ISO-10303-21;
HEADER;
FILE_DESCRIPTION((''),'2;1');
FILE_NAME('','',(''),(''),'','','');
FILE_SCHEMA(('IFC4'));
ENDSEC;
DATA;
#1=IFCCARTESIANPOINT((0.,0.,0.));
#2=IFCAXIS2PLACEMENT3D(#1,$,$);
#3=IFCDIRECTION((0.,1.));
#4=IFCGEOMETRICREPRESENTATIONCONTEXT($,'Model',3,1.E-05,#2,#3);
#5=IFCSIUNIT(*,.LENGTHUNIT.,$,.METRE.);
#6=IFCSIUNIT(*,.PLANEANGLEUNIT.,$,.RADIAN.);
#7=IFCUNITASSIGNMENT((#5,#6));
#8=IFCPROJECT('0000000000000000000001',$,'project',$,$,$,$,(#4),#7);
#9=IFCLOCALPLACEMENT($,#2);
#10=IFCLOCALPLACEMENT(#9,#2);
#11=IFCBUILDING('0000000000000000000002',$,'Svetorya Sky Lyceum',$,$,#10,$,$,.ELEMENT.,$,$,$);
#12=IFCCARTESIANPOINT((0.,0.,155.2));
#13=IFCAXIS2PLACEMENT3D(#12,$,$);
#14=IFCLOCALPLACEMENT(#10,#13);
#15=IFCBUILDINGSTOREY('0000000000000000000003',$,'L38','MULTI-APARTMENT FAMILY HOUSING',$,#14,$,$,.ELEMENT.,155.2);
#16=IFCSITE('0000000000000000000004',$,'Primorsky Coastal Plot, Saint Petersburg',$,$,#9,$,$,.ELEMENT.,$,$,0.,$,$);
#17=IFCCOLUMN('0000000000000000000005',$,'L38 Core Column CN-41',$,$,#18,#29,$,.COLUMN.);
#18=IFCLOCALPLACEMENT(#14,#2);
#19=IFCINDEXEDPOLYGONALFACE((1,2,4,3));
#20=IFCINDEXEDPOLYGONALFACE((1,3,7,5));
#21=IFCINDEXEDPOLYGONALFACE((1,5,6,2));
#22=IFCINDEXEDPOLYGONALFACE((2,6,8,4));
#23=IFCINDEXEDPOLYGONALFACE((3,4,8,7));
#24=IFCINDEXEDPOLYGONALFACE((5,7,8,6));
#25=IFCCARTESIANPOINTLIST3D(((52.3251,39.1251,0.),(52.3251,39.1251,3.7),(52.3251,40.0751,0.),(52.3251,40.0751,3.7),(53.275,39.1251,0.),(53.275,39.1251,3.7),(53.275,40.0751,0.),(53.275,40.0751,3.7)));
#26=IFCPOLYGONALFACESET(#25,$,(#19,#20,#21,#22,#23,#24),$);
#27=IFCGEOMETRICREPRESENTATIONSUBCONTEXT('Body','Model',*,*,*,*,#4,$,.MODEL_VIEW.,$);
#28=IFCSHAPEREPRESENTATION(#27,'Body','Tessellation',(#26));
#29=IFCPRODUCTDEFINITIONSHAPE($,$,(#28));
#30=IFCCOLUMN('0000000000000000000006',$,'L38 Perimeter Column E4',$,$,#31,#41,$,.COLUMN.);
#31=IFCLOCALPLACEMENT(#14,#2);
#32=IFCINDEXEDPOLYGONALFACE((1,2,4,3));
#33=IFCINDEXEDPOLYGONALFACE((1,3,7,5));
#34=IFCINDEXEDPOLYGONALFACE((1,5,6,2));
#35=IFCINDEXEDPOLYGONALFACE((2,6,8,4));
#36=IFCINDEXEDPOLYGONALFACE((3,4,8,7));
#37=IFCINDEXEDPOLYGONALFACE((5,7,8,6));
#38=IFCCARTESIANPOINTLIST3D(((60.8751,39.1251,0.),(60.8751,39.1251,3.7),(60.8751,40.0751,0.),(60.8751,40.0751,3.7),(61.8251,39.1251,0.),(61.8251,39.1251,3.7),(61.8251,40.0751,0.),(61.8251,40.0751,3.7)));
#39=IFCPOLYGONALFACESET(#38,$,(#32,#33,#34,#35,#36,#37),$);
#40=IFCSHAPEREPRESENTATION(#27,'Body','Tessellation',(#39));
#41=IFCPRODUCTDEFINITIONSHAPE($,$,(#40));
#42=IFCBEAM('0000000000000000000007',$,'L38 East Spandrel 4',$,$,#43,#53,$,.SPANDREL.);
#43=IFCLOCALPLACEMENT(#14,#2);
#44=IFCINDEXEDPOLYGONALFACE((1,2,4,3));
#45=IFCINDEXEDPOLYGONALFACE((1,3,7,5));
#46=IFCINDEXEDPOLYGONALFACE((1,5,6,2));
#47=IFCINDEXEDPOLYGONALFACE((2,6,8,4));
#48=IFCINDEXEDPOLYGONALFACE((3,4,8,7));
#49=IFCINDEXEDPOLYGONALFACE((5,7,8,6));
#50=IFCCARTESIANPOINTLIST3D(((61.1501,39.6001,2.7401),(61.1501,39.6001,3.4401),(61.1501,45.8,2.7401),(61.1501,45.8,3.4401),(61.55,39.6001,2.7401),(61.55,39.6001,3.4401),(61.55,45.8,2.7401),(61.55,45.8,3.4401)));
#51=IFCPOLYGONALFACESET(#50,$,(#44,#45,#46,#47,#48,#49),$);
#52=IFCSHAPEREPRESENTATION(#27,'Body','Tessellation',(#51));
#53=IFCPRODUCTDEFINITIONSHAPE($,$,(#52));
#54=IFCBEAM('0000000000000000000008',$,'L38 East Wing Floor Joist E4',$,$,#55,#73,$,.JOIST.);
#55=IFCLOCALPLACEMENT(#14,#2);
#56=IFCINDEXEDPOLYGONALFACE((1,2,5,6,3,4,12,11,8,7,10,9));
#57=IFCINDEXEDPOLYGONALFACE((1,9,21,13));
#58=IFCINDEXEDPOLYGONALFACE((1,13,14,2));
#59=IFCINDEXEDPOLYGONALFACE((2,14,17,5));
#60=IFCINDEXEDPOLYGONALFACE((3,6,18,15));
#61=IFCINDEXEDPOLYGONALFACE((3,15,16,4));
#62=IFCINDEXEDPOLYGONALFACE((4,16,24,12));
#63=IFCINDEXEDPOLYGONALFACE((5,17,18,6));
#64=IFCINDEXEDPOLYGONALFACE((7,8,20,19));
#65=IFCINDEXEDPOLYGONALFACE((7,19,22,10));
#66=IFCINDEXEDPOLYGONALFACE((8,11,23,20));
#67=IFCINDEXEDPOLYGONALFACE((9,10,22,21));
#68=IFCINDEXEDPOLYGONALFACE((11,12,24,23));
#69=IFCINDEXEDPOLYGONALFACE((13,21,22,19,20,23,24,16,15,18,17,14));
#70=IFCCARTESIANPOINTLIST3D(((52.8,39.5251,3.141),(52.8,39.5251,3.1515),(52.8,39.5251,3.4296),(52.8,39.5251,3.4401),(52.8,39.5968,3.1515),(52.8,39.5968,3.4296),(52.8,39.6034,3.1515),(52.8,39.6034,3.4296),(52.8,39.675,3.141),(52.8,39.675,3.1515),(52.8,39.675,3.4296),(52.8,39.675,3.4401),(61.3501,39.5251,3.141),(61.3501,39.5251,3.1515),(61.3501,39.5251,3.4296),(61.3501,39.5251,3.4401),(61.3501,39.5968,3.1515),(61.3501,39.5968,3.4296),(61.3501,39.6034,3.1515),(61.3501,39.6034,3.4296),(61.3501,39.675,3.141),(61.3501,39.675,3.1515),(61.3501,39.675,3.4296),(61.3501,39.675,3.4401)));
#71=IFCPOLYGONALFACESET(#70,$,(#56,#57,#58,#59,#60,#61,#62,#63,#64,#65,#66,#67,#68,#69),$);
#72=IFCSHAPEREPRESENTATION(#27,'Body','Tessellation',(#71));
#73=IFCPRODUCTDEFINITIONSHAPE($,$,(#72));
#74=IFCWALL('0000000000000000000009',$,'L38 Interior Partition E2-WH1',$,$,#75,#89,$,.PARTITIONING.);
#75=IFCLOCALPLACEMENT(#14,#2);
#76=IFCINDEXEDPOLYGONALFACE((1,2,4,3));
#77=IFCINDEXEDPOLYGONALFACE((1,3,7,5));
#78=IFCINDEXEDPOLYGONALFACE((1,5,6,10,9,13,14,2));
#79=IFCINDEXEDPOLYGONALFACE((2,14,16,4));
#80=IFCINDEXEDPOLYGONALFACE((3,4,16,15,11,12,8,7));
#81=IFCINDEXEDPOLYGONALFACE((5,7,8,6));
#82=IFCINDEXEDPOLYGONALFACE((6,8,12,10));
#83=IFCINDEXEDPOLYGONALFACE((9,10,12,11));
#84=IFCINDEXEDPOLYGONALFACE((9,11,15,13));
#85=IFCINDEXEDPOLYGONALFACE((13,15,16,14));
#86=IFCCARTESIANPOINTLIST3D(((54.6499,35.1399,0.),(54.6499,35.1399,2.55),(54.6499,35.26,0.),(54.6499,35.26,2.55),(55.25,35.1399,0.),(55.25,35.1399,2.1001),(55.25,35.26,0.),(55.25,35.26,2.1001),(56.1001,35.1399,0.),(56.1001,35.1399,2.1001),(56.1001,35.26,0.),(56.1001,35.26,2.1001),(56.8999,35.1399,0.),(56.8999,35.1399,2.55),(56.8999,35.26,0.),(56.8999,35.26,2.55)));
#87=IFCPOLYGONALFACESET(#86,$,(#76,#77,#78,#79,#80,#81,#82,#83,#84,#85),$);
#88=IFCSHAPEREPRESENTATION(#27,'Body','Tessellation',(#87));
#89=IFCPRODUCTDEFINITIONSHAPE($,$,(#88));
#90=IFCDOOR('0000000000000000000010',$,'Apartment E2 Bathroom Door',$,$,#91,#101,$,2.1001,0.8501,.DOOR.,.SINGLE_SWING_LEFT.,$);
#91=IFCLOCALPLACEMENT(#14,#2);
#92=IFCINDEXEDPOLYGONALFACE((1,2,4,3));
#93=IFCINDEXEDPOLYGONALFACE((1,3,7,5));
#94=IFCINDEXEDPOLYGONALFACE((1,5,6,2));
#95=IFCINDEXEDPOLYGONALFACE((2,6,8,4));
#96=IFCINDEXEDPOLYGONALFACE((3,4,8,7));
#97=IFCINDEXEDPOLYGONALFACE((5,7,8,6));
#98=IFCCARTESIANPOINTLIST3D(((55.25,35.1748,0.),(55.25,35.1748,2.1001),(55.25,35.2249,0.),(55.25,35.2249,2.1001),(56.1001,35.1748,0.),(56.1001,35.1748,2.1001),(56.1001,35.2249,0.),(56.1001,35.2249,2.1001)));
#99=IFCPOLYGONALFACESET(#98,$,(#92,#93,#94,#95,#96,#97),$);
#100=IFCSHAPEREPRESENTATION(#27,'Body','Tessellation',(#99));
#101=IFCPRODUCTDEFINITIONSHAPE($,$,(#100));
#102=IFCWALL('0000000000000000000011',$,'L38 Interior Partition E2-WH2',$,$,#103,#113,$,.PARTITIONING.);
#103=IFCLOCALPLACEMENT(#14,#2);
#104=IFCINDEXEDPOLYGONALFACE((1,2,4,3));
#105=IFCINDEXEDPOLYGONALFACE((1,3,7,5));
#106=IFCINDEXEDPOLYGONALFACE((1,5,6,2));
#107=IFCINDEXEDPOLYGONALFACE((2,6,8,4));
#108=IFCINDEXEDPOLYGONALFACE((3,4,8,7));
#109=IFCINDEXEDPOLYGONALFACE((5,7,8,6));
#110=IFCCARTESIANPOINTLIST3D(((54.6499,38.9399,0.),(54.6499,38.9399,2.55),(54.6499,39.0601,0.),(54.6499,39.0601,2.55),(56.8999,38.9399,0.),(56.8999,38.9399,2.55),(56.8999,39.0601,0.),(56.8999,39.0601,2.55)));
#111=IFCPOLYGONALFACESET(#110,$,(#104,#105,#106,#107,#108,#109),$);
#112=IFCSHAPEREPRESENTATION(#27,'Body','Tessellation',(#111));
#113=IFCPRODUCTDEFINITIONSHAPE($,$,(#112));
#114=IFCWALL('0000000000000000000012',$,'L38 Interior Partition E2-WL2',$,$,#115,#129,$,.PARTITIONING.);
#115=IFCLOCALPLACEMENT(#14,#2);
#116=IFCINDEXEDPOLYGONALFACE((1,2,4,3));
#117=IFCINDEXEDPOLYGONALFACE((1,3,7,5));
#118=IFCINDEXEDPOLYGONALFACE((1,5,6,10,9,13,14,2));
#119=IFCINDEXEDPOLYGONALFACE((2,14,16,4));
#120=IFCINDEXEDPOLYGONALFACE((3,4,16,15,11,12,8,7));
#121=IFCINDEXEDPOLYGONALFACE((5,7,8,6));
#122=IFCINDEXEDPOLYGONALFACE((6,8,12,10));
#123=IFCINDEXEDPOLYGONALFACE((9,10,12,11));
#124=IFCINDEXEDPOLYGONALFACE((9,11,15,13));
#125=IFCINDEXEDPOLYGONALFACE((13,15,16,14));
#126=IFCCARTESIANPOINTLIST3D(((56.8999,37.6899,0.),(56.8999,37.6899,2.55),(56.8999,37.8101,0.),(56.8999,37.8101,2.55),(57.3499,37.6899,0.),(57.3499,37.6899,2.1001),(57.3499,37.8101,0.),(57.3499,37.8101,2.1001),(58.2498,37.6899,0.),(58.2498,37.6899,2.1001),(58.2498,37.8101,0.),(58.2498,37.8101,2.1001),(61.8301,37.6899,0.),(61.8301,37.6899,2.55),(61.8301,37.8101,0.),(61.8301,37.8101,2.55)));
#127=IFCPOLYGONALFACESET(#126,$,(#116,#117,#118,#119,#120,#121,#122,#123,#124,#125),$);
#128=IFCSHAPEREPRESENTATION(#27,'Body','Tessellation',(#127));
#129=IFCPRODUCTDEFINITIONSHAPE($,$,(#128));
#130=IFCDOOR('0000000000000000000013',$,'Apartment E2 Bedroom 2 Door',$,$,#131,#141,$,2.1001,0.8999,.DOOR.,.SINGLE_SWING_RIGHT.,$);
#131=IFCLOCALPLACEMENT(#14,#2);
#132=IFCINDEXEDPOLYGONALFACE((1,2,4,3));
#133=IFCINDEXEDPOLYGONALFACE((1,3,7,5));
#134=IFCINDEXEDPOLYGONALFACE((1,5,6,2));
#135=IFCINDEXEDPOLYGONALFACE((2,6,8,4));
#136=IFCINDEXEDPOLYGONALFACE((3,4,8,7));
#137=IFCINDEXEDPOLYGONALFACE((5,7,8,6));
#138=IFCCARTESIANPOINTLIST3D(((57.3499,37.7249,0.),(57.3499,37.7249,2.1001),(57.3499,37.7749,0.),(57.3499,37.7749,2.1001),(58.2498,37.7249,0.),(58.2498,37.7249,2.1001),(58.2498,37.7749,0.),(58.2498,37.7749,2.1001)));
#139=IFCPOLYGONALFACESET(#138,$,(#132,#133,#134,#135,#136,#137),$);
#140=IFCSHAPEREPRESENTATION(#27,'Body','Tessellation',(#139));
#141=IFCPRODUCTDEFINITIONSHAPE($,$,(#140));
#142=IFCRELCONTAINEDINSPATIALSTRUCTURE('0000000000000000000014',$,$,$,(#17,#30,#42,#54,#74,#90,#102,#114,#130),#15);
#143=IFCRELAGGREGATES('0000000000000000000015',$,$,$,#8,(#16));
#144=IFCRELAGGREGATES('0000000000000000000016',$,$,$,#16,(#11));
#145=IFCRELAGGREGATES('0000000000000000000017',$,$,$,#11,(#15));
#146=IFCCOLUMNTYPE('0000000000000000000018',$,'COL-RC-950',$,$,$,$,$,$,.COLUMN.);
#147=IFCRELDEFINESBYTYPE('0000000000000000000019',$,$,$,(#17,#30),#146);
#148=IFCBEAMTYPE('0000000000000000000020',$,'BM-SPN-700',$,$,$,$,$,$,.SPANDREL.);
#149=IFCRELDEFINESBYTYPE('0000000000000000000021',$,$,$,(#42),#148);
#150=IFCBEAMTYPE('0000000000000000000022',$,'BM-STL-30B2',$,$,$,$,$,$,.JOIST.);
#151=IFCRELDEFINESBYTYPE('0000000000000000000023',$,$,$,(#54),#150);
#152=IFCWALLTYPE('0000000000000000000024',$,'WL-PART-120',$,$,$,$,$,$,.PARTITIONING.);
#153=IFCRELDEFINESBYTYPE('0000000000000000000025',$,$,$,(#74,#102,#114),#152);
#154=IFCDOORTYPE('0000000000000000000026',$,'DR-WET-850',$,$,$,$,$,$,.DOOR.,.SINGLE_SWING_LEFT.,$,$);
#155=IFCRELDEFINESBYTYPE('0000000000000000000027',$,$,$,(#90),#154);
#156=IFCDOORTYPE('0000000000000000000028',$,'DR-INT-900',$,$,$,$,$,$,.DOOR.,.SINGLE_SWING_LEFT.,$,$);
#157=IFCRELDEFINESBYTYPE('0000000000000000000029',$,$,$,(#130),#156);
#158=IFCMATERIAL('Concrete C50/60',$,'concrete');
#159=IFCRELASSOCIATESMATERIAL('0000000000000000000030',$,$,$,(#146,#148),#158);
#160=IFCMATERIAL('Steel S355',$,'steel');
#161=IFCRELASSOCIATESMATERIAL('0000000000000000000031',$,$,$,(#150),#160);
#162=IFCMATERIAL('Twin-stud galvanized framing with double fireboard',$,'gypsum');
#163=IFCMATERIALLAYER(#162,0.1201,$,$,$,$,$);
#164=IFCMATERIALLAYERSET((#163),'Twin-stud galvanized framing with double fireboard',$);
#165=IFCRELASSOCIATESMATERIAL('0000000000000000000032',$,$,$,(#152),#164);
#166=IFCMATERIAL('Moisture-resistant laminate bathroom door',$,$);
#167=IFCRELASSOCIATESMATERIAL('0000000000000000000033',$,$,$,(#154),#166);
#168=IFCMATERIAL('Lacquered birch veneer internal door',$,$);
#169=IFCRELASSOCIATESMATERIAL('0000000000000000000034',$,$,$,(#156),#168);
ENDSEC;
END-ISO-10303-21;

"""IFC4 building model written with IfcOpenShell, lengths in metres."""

from ifc_helpers import new_model, si_unit, direction, frame, frame_2d, origin, origin_2d, place, context, subcontext, project, spatial, rectangle, i_section, extrude, material, layer, layer_set, material_profile, profile_set, type_object, element, fill, save


model = new_model("IFC4")

# Units and contexts
model_context = context("Model", 3, precision=1e-05, world=origin(), true_north=direction((0.0, 1.0)))
body_context = subcontext(model_context, "Body", "Model", "MODEL_VIEW")
ifc_project = project(units=[si_unit("LENGTHUNIT", "METRE"), si_unit("PLANEANGLEUNIT", "RADIAN")], contexts=[model_context])

# Site, building, storey
site_placement = place(None, origin())
site = spatial("IfcSite", under=ifc_project, at=site_placement, Name="Primorsky Coastal Plot, Saint Petersburg", CompositionType="ELEMENT", RefElevation=0.0)
building_placement = place(site_placement, origin())
building = spatial("IfcBuilding", under=site, at=building_placement, Name="Svetorya Sky Lyceum", CompositionType="ELEMENT")
storey_placement = place(building_placement, frame((0.0, 0.0, 155.2)))
storey = spatial("IfcBuildingStorey", under=building, at=storey_placement, Name="L38", Description="MULTI-APARTMENT FAMILY HOUSING", CompositionType="ELEMENT", Elevation=155.2)

# Columns
ifc_material_1 = material(Name="Concrete C50/60", Category="concrete")
ifc_material_profile_1 = material_profile(ifc_material_1, rectangle(XDim=0.95, YDim=0.95, at=origin_2d()), Name="RC COL 950x950")
ifc_profile_set_1 = profile_set([ifc_material_profile_1], Name="Concrete C50/60")
column_type = type_object("IfcColumnType", Name="COL-RC-950", PredefinedType="COLUMN", material=ifc_profile_set_1)
for number, where, z_axis, x_axis, name in (
    (1, (52.8, 39.6001, 0.0), (0.0, 0.0, 1.0), (1.0, 0.0, 0.0), "L38 Core Column CN-41"),
    (2, (61.3501, 39.6001, 0.0), (0.0, 0.0, 1.0), (1.0, 0.0, 0.0), "L38 Perimeter Column E4"),
):
    element("IfcColumn", number, at=place(storey_placement, frame(where, z_axis=z_axis, x_axis=x_axis)), inside=storey, type_object=column_type, Name=name, PredefinedType="COLUMN", context=body_context, shape_type="SweptSolid", body=[
        extrude(rectangle(XDim=0.95, YDim=0.95, at=origin_2d()), origin(), (0.0, 0.0, 1.0), 3.7),
    ])

# Beams
ifc_material_profile_2 = material_profile(ifc_material_1, rectangle(XDim=0.3999, YDim=0.7, at=origin_2d()), Name="RC SPANDREL 400x700")
ifc_profile_set_2 = profile_set([ifc_material_profile_2], Name="Concrete C50/60")
beam_type_1 = type_object("IfcBeamType", Name="BM-SPN-700", PredefinedType="SPANDREL", material=ifc_profile_set_2)
beam_1_placement = place(storey_placement, frame((61.3501, 39.6001, 3.0901), z_axis=(0.0, 1.0, 0.0), x_axis=(-1.0, 0.0, 0.0)))
element("IfcBeam", 3, at=beam_1_placement, inside=storey, type_object=beam_type_1, Name="L38 East Spandrel 4", PredefinedType="SPANDREL", context=body_context, shape_type="SweptSolid", body=[
    extrude(rectangle(XDim=0.3999, YDim=0.7, at=origin_2d()), origin(), (0.0, 0.0, 1.0), 6.2),
])
ifc_material_2 = material(Name="Steel S355", Category="steel")
ifc_material_profile_3 = material_profile(ifc_material_2, i_section(OverallWidth=0.1499, OverallDepth=0.2991, WebThickness=0.0066, FlangeThickness=0.0105, at=origin_2d()), Name="GOST 30B2")
ifc_profile_set_3 = profile_set([ifc_material_profile_3], Name="Steel S355")
beam_type_2 = type_object("IfcBeamType", Name="BM-STL-30B2", PredefinedType="JOIST", material=ifc_profile_set_3)
beam_2_placement = place(storey_placement, frame((52.8, 39.6001, 3.2905), z_axis=(1.0, 0.0, 0.0), x_axis=(0.0, 1.0, 0.0)))
element("IfcBeam", 4, at=beam_2_placement, inside=storey, type_object=beam_type_2, Name="L38 East Wing Floor Joist E4", PredefinedType="JOIST", context=body_context, shape_type="SweptSolid", body=[
    extrude(i_section(OverallWidth=0.1499, OverallDepth=0.2991, WebThickness=0.0066, FlangeThickness=0.0105, at=origin_2d()), origin(), (0.0, 0.0, 1.0), 8.55),
])

# Wall, opening, door
ifc_material_3 = material(Name="Twin-stud galvanized framing with double fireboard", Category="gypsum")
ifc_layer_1 = layer(ifc_material_3, 0.1201)
ifc_layer_set_1 = layer_set([ifc_layer_1], Name="Twin-stud galvanized framing with double fireboard")
wall_type_1 = type_object("IfcWallType", Name="WL-PART-120", PredefinedType="PARTITIONING", material=ifc_layer_set_1)
wall_1_placement = place(storey_placement, frame((54.6499, 35.2, 0.0), z_axis=(0.0, 0.0, 1.0), x_axis=(1.0, 0.0, 0.0)))
wall_1 = element("IfcWall", 5, at=wall_1_placement, inside=storey, type_object=wall_type_1, Name="L38 Interior Partition E2-WH1", PredefinedType="PARTITIONING", context=body_context, shape_type="SweptSolid", body=[
    extrude(rectangle(XDim=2.25, YDim=0.1201, at=frame_2d((1.125, 0.0))), origin(), (0.0, 0.0, 1.0), 2.55),
])
opening_1_placement = place(wall_1_placement, frame((0.6001, 0.0, 0.0)))
opening_1 = element("IfcOpeningElement", 6, at=opening_1_placement, cuts=wall_1, PredefinedType="OPENING", context=body_context, shape_type="SweptSolid", body=[
    extrude(rectangle(XDim=0.8501, YDim=2.1001, at=frame_2d((0.425, 1.05))), frame((0.0, 0.0701, 0.0), z_axis=(0.0, -1.0, 0.0), x_axis=(1.0, 0.0, 0.0)), (0.0, 0.0, 1.0), 0.1401),
])
ifc_material_4 = material(Name="Moisture-resistant laminate bathroom door")
door_type_1 = type_object("IfcDoorType", Name="DR-WET-850", OperationType="SINGLE_SWING_LEFT", PredefinedType="DOOR", material=ifc_material_4)
door_1_placement = place(opening_1_placement, origin())
door_1 = element("IfcDoor", 7, at=door_1_placement, inside=storey, type_object=door_type_1, Name="Apartment E2 Bathroom Door", OperationType="SINGLE_SWING_LEFT", OverallHeight=2.1001, OverallWidth=0.8501, PredefinedType="DOOR", context=body_context, shape_type="SweptSolid", body=[
    extrude(rectangle(XDim=0.8501, YDim=2.1001, at=frame_2d((0.425, 1.05))), frame((0.0, 0.0249, 0.0), z_axis=(0.0, -1.0, 0.0), x_axis=(1.0, 0.0, 0.0)), (0.0, 0.0, 1.0), 0.05),
])
fill(opening_1, door_1)

# Wall
wall_2_placement = place(storey_placement, frame((54.6499, 39.0, 0.0), z_axis=(0.0, 0.0, 1.0), x_axis=(1.0, 0.0, 0.0)))
element("IfcWall", 8, at=wall_2_placement, inside=storey, type_object=wall_type_1, Name="L38 Interior Partition E2-WH2", PredefinedType="PARTITIONING", context=body_context, shape_type="SweptSolid", body=[
    extrude(rectangle(XDim=2.25, YDim=0.1201, at=frame_2d((1.125, 0.0))), origin(), (0.0, 0.0, 1.0), 2.55),
])

# Wall, opening, door
wall_3_placement = place(storey_placement, frame((56.8999, 37.75, 0.0), z_axis=(0.0, 0.0, 1.0), x_axis=(1.0, 0.0, 0.0)))
wall_3 = element("IfcWall", 9, at=wall_3_placement, inside=storey, type_object=wall_type_1, Name="L38 Interior Partition E2-WL2", PredefinedType="PARTITIONING", context=body_context, shape_type="SweptSolid", body=[
    extrude(rectangle(XDim=4.9302, YDim=0.1201, at=frame_2d((2.4651, 0.0))), origin(), (0.0, 0.0, 1.0), 2.55),
])
opening_2_placement = place(wall_3_placement, frame((0.45, 0.0, 0.0)))
opening_2 = element("IfcOpeningElement", 10, at=opening_2_placement, cuts=wall_3, PredefinedType="OPENING", context=body_context, shape_type="SweptSolid", body=[
    extrude(rectangle(XDim=0.8999, YDim=2.1001, at=frame_2d((0.45, 1.05))), frame((0.0, 0.0701, 0.0), z_axis=(0.0, -1.0, 0.0), x_axis=(1.0, 0.0, 0.0)), (0.0, 0.0, 1.0), 0.1401),
])
ifc_material_5 = material(Name="Lacquered birch veneer internal door")
door_type_2 = type_object("IfcDoorType", Name="DR-INT-900", OperationType="SINGLE_SWING_LEFT", PredefinedType="DOOR", material=ifc_material_5)
door_2_placement = place(opening_2_placement, origin())
door_2 = element("IfcDoor", 11, at=door_2_placement, inside=storey, type_object=door_type_2, Name="Apartment E2 Bedroom 2 Door", OperationType="SINGLE_SWING_RIGHT", OverallHeight=2.1001, OverallWidth=0.8999, PredefinedType="DOOR", context=body_context, shape_type="SweptSolid", body=[
    extrude(rectangle(XDim=0.8999, YDim=2.1001, at=frame_2d((0.45, 1.05))), frame((0.0, 0.0249, 0.0), z_axis=(0.0, -1.0, 0.0), x_axis=(1.0, 0.0, 0.0)), (0.0, 0.0, 1.0), 0.05),
])
fill(opening_2, door_2)

save(model, "model.ifc")
